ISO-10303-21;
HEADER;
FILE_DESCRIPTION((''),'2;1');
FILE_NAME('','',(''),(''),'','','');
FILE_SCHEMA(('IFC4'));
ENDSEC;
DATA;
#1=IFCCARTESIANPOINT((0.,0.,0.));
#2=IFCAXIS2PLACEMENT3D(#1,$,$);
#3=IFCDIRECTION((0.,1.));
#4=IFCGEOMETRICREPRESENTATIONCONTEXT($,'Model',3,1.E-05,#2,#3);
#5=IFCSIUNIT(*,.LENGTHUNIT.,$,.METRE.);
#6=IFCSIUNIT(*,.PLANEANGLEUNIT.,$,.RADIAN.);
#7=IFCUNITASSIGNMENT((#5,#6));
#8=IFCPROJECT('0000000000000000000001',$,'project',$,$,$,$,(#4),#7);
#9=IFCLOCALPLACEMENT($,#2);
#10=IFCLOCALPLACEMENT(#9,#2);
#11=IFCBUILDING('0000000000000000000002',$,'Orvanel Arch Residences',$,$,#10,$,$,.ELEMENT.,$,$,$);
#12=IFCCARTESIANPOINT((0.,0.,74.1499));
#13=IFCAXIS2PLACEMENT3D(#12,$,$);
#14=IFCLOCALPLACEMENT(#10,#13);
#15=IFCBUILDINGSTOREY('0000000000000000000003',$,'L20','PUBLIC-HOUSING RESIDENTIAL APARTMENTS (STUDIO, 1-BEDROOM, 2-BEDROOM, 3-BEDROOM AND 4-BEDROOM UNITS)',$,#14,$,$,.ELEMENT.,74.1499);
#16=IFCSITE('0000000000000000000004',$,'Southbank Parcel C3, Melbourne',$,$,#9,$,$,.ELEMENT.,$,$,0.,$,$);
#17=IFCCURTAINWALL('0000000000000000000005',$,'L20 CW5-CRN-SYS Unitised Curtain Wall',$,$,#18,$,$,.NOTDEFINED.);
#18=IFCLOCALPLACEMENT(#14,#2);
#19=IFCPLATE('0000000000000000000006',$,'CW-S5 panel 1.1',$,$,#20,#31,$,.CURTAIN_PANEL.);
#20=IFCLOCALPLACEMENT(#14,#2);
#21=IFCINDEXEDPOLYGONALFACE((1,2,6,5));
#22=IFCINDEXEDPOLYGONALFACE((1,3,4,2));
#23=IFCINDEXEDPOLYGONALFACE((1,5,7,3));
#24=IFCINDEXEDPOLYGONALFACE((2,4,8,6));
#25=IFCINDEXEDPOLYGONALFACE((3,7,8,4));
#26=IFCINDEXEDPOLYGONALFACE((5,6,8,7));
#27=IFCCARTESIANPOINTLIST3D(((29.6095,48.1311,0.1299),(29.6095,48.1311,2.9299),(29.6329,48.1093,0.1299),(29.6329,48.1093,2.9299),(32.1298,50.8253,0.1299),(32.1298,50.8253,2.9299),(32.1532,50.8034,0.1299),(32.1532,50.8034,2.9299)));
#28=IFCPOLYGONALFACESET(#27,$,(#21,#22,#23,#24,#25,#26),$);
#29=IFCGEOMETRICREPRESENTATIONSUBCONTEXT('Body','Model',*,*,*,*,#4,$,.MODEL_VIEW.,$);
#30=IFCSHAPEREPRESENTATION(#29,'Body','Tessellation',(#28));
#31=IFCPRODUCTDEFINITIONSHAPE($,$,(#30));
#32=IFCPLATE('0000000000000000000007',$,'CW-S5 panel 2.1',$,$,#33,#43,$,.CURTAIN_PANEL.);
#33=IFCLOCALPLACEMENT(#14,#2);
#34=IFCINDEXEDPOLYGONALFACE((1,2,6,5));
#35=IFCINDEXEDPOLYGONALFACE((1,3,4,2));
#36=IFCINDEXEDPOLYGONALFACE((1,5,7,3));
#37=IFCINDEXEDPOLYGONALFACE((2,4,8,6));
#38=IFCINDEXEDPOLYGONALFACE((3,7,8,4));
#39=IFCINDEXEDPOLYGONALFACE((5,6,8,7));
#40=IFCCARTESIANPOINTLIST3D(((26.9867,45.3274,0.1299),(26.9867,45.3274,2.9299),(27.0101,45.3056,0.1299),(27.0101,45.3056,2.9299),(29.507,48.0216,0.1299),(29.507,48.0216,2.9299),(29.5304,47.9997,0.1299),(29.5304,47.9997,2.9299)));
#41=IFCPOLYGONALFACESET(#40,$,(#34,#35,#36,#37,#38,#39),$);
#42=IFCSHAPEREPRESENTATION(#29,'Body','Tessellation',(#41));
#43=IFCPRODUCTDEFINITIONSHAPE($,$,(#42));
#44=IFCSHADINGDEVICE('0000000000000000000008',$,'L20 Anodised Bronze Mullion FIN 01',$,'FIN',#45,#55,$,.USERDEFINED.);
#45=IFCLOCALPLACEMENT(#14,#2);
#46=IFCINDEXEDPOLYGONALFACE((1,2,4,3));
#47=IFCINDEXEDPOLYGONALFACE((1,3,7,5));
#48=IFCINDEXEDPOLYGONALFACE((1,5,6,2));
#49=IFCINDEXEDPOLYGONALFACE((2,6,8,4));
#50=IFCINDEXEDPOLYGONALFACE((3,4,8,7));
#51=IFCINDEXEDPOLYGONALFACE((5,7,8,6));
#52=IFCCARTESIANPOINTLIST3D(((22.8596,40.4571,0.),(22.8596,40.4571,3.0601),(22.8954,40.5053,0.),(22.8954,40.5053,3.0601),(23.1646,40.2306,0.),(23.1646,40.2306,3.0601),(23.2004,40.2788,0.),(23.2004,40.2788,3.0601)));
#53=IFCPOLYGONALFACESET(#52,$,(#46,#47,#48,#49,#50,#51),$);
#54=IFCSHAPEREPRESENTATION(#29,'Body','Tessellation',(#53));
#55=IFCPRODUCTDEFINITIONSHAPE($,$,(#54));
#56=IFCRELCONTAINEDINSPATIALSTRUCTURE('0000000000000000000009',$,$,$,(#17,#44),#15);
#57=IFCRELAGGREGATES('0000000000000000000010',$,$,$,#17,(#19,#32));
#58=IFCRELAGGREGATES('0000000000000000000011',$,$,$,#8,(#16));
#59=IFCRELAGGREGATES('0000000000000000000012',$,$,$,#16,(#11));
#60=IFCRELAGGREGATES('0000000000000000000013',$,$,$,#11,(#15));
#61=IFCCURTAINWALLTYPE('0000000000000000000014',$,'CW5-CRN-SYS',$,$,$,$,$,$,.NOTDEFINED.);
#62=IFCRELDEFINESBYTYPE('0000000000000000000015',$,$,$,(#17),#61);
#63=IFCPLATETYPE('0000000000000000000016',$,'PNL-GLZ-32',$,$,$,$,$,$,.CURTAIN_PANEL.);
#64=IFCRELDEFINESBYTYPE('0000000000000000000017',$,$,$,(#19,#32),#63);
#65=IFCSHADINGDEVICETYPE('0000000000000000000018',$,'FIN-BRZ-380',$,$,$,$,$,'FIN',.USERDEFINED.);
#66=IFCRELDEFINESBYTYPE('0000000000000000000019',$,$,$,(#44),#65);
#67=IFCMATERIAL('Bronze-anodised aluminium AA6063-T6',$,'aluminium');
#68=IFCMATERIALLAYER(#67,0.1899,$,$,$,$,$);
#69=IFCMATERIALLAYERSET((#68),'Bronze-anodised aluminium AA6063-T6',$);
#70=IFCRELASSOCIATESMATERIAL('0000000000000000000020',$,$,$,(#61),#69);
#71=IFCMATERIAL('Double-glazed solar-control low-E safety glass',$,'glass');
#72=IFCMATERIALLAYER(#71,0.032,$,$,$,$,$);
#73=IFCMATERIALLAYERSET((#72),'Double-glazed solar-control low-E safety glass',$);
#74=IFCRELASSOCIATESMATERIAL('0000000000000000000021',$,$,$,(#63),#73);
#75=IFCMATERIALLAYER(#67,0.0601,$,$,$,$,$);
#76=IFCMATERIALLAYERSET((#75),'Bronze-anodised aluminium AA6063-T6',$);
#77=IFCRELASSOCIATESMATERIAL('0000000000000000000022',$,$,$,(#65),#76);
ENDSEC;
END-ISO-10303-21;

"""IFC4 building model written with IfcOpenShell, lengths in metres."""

from ifc_helpers import new_model, si_unit, direction, frame, origin, origin_2d, place, context, subcontext, project, spatial, rectangle, extrude, material, layer, layer_set, type_object, element, aggregate, save


model = new_model("IFC4")

# Units and contexts
model_context = context("Model", 3, precision=1e-05, world=origin(), true_north=direction((0.0, 1.0)))
body_context = subcontext(model_context, "Body", "Model", "MODEL_VIEW")
ifc_project = project(units=[si_unit("LENGTHUNIT", "METRE"), si_unit("PLANEANGLEUNIT", "RADIAN")], contexts=[model_context])

# Site, building, storey
site_placement = place(None, origin())
site = spatial("IfcSite", under=ifc_project, at=site_placement, Name="Southbank Parcel C3, Melbourne", CompositionType="ELEMENT", RefElevation=0.0)
building_placement = place(site_placement, origin())
building = spatial("IfcBuilding", under=site, at=building_placement, Name="Orvanel Arch Residences", CompositionType="ELEMENT")
storey_placement = place(building_placement, frame((0.0, 0.0, 74.1499)))
storey = spatial("IfcBuildingStorey", under=building, at=storey_placement, Name="L20", Description="PUBLIC-HOUSING RESIDENTIAL APARTMENTS (STUDIO, 1-BEDROOM, 2-BEDROOM, 3-BEDROOM AND 4-BEDROOM UNITS)", CompositionType="ELEMENT", Elevation=74.1499)

# Shared definitions
ifc_material_1 = material(Name="Bronze-anodised aluminium AA6063-T6", Category="aluminium")
ifc_layer_1 = layer(ifc_material_1, 0.1899)
ifc_layer_set_1 = layer_set([ifc_layer_1], Name="Bronze-anodised aluminium AA6063-T6")
curtain_wall_type_1 = type_object("IfcCurtainWallType", Name="CW5-CRN-SYS", PredefinedType="NOTDEFINED", material=ifc_layer_set_1)

# Curtain wall
curtain_wall_1_placement = place(storey_placement, origin())
curtain_wall_1 = element("IfcCurtainWall", 1, at=curtain_wall_1_placement, inside=storey, type_object=curtain_wall_type_1, Name="L20 CW5-CRN-SYS Unitised Curtain Wall", PredefinedType="NOTDEFINED")

# Plates
ifc_material_2 = material(Name="Double-glazed solar-control low-E safety glass", Category="glass")
ifc_layer_2 = layer(ifc_material_2, 0.032)
ifc_layer_set_2 = layer_set([ifc_layer_2], Name="Double-glazed solar-control low-E safety glass")
plate_type_1 = type_object("IfcPlateType", Name="PNL-GLZ-32", PredefinedType="CURTAIN_PANEL", material=ifc_layer_set_2)
plate_1_placement = place(storey_placement, frame((30.8813, 49.4673, 0.1299), z_axis=(0.0, 0.0, 1.0), x_axis=(-0.683146, -0.730282, 0.0)))
plate_1 = element("IfcPlate", 2, at=plate_1_placement, type_object=plate_type_1, Name="CW-S5 panel 1.1", PredefinedType="CURTAIN_PANEL", context=body_context, shape_type="SweptSolid", body=[
    extrude(rectangle(XDim=3.6892, YDim=0.032, at=origin_2d()), origin(), (0.0, 0.0, 1.0), 2.8),
])
plate_2_placement = place(storey_placement, frame((28.2585, 46.6636, 0.1299), z_axis=(0.0, 0.0, 1.0), x_axis=(-0.683146, -0.730282, 0.0)))
plate_2 = element("IfcPlate", 3, at=plate_2_placement, type_object=plate_type_1, Name="CW-S5 panel 2.1", PredefinedType="CURTAIN_PANEL", context=body_context, shape_type="SweptSolid", body=[
    extrude(rectangle(XDim=3.6892, YDim=0.032, at=origin_2d()), origin(), (0.0, 0.0, 1.0), 2.8),
])
aggregate(curtain_wall_1, [plate_1, plate_2])

# Shading device
ifc_layer_3 = layer(ifc_material_1, 0.0601)
ifc_layer_set_3 = layer_set([ifc_layer_3], Name="Bronze-anodised aluminium AA6063-T6")
shading_device_type = type_object("IfcShadingDeviceType", Name="FIN-BRZ-380", ElementType="FIN", PredefinedType="USERDEFINED", material=ifc_layer_set_3)
shading_device_placement = place(storey_placement, frame((23.03, 40.3679, 0.0), z_axis=(0.0, 0.0, 1.0), x_axis=(-0.802817, 0.596225, 0.0)))
element("IfcShadingDevice", 4, at=shading_device_placement, inside=storey, type_object=shading_device_type, Name="L20 Anodised Bronze Mullion FIN 01", ObjectType="FIN", PredefinedType="USERDEFINED", context=body_context, shape_type="SweptSolid", body=[
    extrude(rectangle(XDim=0.3799, YDim=0.0601, at=origin_2d()), origin(), (0.0, 0.0, 1.0), 3.0601),
])

save(model, "model.ifc")
